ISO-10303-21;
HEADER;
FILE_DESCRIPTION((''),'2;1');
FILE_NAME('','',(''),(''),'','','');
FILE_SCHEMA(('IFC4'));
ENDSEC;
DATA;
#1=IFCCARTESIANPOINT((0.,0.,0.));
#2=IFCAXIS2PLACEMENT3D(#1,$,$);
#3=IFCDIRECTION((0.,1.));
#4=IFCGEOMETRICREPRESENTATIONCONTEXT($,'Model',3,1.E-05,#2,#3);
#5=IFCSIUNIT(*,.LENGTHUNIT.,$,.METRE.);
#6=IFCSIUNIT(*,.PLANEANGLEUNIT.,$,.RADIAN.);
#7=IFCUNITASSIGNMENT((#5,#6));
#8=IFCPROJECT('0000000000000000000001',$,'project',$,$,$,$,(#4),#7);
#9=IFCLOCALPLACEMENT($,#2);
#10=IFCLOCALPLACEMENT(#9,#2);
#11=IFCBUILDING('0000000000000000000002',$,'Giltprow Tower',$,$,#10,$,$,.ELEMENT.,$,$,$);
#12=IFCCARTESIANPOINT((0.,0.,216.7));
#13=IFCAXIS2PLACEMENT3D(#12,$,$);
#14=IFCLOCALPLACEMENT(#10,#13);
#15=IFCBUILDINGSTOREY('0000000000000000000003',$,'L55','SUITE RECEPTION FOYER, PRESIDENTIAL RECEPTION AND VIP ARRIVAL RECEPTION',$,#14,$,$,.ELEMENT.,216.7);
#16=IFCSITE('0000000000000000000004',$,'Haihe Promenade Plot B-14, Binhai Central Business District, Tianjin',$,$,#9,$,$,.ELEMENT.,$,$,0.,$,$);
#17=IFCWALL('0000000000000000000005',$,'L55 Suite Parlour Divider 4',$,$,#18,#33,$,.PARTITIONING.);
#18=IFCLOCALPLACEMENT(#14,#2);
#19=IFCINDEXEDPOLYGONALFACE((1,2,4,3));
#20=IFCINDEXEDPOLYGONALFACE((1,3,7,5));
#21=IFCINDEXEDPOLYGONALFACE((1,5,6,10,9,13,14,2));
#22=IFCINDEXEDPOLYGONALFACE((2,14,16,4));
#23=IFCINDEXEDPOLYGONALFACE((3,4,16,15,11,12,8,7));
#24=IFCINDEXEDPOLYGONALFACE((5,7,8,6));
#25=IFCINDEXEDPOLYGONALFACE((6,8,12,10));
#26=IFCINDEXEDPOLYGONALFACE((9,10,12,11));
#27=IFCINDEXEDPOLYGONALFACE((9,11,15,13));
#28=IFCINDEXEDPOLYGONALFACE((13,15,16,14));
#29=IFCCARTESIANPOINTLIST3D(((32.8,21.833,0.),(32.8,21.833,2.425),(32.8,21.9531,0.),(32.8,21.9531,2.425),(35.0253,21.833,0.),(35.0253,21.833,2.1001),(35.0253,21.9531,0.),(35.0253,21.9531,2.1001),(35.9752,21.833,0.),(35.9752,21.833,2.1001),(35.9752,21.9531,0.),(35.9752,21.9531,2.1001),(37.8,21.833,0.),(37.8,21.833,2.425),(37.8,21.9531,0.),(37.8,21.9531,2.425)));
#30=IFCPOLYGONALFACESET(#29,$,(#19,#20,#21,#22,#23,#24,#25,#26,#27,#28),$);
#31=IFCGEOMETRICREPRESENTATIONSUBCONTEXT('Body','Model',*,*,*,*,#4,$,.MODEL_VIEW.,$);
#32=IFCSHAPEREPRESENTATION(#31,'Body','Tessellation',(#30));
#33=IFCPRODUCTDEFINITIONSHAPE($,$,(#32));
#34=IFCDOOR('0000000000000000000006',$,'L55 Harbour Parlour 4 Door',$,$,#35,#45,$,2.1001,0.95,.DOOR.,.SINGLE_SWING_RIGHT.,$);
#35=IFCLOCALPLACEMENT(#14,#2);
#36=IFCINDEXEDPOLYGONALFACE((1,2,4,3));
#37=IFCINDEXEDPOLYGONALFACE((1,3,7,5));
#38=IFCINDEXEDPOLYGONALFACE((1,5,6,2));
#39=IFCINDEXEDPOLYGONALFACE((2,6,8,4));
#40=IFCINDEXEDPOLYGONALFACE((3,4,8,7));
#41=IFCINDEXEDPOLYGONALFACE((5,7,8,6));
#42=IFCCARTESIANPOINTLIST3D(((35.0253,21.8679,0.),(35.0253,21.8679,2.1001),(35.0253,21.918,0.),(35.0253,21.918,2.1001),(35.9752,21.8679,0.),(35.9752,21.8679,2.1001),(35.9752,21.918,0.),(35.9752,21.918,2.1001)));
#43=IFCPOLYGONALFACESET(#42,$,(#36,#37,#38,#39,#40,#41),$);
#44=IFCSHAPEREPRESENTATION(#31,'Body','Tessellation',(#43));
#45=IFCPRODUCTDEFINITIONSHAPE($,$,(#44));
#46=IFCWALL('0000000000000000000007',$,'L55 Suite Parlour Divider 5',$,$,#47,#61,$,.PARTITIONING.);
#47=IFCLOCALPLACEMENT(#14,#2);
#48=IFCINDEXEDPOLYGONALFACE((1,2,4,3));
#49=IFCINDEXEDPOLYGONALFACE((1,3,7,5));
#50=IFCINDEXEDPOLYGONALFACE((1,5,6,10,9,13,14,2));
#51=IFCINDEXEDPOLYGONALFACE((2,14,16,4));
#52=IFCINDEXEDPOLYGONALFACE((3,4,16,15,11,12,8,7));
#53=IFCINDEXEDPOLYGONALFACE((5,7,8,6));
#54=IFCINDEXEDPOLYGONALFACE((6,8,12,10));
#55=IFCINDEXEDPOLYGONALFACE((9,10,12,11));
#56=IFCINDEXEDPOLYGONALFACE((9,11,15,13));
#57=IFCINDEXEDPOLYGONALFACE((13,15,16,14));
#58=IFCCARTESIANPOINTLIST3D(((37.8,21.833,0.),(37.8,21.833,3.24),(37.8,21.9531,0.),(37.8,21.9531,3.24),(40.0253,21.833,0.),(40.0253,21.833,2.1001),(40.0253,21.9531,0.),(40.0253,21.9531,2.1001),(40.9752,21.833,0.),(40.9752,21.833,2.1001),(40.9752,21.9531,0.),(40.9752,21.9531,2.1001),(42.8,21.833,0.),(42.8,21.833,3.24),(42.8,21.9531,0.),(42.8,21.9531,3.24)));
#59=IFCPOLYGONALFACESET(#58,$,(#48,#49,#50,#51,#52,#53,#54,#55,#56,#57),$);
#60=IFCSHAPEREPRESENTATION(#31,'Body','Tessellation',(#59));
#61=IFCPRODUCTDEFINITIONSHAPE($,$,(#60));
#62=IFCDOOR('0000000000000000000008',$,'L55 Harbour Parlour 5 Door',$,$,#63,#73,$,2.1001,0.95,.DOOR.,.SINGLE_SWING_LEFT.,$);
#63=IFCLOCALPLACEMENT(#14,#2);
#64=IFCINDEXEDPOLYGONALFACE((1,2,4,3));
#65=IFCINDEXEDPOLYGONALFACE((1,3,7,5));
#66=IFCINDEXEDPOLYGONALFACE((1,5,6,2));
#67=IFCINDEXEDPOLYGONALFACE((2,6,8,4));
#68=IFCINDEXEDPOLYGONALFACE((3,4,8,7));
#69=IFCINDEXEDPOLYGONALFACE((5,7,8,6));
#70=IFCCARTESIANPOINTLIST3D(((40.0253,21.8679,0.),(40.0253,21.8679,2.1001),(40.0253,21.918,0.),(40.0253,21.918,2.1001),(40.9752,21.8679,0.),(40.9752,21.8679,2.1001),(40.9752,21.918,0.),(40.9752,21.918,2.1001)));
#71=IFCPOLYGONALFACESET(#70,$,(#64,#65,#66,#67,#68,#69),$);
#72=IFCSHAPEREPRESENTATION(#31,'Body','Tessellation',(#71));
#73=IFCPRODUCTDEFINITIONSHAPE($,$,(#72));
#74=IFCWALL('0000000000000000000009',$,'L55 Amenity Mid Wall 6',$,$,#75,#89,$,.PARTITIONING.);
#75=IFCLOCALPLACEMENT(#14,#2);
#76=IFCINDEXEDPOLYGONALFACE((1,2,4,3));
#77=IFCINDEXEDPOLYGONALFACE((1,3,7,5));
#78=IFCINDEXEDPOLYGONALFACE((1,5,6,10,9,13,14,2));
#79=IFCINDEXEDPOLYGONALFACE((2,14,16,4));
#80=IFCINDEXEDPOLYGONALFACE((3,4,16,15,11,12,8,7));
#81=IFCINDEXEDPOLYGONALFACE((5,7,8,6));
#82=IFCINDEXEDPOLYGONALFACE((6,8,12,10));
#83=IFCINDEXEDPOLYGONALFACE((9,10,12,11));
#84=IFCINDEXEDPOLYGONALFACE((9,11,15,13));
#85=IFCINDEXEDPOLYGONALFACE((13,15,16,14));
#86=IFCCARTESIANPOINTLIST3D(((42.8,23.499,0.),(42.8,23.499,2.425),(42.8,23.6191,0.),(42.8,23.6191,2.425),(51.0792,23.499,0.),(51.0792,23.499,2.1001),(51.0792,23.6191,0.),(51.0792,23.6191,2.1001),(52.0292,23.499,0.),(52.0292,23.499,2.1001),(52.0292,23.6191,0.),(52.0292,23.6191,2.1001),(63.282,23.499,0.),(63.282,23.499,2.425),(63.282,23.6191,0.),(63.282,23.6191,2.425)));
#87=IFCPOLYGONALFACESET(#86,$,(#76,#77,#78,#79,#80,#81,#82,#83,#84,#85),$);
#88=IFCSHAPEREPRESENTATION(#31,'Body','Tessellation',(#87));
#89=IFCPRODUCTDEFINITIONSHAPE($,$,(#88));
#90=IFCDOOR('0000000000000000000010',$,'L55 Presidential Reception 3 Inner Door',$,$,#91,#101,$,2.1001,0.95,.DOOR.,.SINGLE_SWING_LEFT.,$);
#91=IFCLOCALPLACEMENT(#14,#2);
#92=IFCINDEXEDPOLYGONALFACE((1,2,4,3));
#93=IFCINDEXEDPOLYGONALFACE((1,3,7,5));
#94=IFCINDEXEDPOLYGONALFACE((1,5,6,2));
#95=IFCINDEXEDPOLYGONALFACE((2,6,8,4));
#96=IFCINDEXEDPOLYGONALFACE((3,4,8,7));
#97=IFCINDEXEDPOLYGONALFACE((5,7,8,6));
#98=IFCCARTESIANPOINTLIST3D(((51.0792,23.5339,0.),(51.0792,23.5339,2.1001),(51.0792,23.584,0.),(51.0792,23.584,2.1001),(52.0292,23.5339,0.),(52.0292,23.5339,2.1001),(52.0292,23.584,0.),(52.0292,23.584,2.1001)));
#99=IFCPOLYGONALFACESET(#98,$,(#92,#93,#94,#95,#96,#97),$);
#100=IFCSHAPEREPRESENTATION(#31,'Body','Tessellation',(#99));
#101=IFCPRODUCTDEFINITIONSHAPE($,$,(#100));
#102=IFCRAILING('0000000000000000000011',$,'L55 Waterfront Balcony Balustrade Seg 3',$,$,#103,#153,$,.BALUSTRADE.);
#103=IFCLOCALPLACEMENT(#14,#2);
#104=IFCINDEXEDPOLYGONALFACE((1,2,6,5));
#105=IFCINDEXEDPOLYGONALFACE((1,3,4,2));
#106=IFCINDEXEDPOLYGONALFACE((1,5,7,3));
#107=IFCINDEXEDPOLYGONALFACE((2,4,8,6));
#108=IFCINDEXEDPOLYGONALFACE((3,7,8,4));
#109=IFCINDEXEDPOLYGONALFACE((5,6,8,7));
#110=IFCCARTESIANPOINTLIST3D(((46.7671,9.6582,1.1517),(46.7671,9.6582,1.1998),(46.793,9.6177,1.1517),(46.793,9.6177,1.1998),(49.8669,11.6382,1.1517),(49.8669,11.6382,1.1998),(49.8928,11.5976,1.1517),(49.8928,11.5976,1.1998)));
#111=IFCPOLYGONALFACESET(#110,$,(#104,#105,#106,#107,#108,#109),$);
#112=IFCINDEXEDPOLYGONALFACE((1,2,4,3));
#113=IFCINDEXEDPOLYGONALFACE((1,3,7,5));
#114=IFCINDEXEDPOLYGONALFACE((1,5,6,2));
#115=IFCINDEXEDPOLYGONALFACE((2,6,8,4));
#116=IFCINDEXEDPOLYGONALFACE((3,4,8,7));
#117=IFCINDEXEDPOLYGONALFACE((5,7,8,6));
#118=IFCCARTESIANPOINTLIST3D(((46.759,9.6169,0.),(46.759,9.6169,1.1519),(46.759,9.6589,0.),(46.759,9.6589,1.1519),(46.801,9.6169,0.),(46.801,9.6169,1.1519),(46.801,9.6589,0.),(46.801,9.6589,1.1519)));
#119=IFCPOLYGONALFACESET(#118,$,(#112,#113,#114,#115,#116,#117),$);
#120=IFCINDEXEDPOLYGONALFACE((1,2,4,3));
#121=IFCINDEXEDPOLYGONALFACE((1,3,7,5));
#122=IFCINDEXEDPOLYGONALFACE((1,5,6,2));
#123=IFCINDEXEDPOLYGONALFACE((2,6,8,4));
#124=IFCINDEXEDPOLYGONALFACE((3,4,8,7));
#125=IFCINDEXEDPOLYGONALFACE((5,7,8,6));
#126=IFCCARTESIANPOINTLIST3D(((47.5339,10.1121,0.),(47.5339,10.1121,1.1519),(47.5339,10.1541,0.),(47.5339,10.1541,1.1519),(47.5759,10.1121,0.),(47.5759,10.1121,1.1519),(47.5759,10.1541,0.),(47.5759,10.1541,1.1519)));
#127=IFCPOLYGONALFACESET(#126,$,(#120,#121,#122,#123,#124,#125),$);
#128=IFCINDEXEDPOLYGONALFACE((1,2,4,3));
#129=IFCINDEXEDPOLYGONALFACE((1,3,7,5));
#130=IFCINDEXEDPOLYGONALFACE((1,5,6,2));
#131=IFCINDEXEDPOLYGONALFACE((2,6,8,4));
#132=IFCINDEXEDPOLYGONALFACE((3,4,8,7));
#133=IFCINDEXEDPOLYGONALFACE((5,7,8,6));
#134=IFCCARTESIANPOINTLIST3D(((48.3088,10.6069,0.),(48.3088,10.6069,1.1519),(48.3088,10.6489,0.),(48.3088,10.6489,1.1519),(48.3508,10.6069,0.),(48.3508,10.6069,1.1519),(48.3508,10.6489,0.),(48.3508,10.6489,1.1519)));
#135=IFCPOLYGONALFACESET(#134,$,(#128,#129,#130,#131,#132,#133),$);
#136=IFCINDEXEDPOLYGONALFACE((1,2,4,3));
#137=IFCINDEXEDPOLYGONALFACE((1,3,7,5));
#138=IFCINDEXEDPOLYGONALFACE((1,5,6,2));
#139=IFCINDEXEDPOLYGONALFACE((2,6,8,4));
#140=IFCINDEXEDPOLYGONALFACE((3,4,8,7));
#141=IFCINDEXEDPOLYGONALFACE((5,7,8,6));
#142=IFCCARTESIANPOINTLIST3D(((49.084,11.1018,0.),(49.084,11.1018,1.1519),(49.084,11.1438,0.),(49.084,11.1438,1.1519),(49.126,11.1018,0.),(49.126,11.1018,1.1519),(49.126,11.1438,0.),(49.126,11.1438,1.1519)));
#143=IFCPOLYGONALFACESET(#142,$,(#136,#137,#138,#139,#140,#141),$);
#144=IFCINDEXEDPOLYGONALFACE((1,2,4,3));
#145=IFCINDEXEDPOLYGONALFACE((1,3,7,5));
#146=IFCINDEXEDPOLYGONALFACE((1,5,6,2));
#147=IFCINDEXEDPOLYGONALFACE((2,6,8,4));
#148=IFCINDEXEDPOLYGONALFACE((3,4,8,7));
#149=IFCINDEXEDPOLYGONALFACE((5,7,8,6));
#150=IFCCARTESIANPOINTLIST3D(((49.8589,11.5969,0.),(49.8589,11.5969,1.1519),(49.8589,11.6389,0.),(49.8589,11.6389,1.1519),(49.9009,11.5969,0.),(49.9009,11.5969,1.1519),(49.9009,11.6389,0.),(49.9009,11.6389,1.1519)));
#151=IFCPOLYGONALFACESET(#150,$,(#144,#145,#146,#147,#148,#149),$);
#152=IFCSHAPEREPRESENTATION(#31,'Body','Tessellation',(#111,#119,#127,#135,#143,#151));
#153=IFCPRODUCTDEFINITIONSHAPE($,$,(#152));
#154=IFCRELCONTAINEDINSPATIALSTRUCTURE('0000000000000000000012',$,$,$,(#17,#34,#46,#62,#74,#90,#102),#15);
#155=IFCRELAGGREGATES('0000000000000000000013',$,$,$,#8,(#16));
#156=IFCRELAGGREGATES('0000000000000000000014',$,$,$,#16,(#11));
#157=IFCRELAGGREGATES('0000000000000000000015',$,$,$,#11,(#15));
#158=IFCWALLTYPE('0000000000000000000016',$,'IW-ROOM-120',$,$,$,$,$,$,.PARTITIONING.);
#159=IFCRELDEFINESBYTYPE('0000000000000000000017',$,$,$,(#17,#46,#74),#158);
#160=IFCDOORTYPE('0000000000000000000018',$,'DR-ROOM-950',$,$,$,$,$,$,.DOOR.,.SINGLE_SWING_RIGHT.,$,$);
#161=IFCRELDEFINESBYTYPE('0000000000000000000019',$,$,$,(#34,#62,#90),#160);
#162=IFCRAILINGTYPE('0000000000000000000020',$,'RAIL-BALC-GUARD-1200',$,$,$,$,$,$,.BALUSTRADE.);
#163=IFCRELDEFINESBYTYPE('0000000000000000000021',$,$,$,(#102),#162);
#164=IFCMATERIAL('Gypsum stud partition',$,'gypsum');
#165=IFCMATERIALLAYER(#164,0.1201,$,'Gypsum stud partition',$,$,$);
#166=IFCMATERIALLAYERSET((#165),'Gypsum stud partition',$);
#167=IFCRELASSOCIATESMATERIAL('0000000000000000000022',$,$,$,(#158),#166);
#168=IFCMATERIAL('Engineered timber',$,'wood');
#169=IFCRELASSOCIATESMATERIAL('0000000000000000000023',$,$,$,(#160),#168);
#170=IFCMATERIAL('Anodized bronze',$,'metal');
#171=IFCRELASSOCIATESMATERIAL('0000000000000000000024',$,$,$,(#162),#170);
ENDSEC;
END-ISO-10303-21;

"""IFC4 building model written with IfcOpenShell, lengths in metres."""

from ifc_helpers import new_model, si_unit, direction, frame, frame_2d, origin, origin_2d, place, context, subcontext, project, spatial, rectangle, extrude, source, transform, mapped, material, layer, layer_set, type_object, element, fill, save


model = new_model("IFC4")

# Units and contexts
model_context = context("Model", 3, precision=1e-05, world=origin(), true_north=direction((0.0, 1.0)))
body_context = subcontext(model_context, "Body", "Model", "MODEL_VIEW")
ifc_project = project(units=[si_unit("LENGTHUNIT", "METRE"), si_unit("PLANEANGLEUNIT", "RADIAN")], contexts=[model_context])

# Site, building, storey
site_placement = place(None, origin())
site = spatial("IfcSite", under=ifc_project, at=site_placement, Name="Haihe Promenade Plot B-14, Binhai Central Business District, Tianjin", CompositionType="ELEMENT", RefElevation=0.0)
building_placement = place(site_placement, origin())
building = spatial("IfcBuilding", under=site, at=building_placement, Name="Giltprow Tower", CompositionType="ELEMENT")
storey_placement = place(building_placement, frame((0.0, 0.0, 216.7)))
storey = spatial("IfcBuildingStorey", under=building, at=storey_placement, Name="L55", Description="SUITE RECEPTION FOYER, PRESIDENTIAL RECEPTION AND VIP ARRIVAL RECEPTION", CompositionType="ELEMENT", Elevation=216.7)

# Shared definitions
ifc_material_1 = material(Name="Anodized bronze", Category="metal")

# Shared definitions
ifc_material_2 = material(Name="Gypsum stud partition", Category="gypsum")

# Walls, openings, doors
ifc_layer_1 = layer(ifc_material_2, 0.1201, Name="Gypsum stud partition")
ifc_layer_set_1 = layer_set([ifc_layer_1], Name="Gypsum stud partition")
wall_type_1 = type_object("IfcWallType", Name="IW-ROOM-120", PredefinedType="PARTITIONING", material=ifc_layer_set_1)
wall_1_placement = place(storey_placement, frame((32.8, 21.8931, 0.0), z_axis=(0.0, 0.0, 1.0), x_axis=(1.0, 0.0, 0.0)))
wall_1 = element("IfcWall", 1, at=wall_1_placement, inside=storey, type_object=wall_type_1, Name="L55 Suite Parlour Divider 4", PredefinedType="PARTITIONING", context=body_context, shape_type="SweptSolid", body=[
    extrude(rectangle(XDim=5.0, YDim=0.1201, at=frame_2d((2.5, 0.0))), origin(), (0.0, 0.0, 1.0), 2.425),
])
opening_1_placement = place(wall_1_placement, frame((2.2251, 0.0, 0.0)))
opening_1 = element("IfcOpeningElement", 2, at=opening_1_placement, cuts=wall_1, PredefinedType="OPENING", context=body_context, shape_type="SweptSolid", body=[
    extrude(rectangle(XDim=0.95, YDim=2.1001, at=frame_2d((0.4751, 1.05))), frame((0.0, 0.0701, 0.0), z_axis=(0.0, -1.0, 0.0), x_axis=(1.0, 0.0, 0.0)), (0.0, 0.0, 1.0), 0.1401),
])
ifc_material_3 = material(Name="Engineered timber", Category="wood")
door_type_1 = type_object("IfcDoorType", Name="DR-ROOM-950", OperationType="SINGLE_SWING_RIGHT", PredefinedType="DOOR", material=ifc_material_3)
shared_shape_1 = source(origin(), body_context, "Body", "SweptSolid", [
    extrude(rectangle(XDim=0.95, YDim=2.1001, at=frame_2d((0.4751, 1.05))), frame((0.0, 0.0249, 0.0), z_axis=(0.0, -1.0, 0.0), x_axis=(1.0, 0.0, 0.0)), (0.0, 0.0, 1.0), 0.05),
])
door_1_placement = place(opening_1_placement, origin())
door_1 = element("IfcDoor", 3, at=door_1_placement, inside=storey, type_object=door_type_1, Name="L55 Harbour Parlour 4 Door", OperationType="SINGLE_SWING_RIGHT", OverallHeight=2.1001, OverallWidth=0.95, PredefinedType="DOOR", context=body_context, shape_type="MappedRepresentation", body=[
    mapped(shared_shape_1, transform((0.0, 0.0, 0.0), x_axis=(1.0, 0.0, 0.0), y_axis=(0.0, 1.0, 0.0), z_axis=(0.0, 0.0, 1.0), scale=1.0)),
])
fill(opening_1, door_1)
wall_2_placement = place(storey_placement, frame((37.8, 21.8931, 0.0), z_axis=(0.0, 0.0, 1.0), x_axis=(1.0, 0.0, 0.0)))
wall_2 = element("IfcWall", 4, at=wall_2_placement, inside=storey, type_object=wall_type_1, Name="L55 Suite Parlour Divider 5", PredefinedType="PARTITIONING", context=body_context, shape_type="SweptSolid", body=[
    extrude(rectangle(XDim=5.0, YDim=0.1201, at=frame_2d((2.5, 0.0))), origin(), (0.0, 0.0, 1.0), 3.24),
])
opening_2_placement = place(wall_2_placement, frame((2.2251, 0.0, 0.0)))
opening_2 = element("IfcOpeningElement", 5, at=opening_2_placement, cuts=wall_2, PredefinedType="OPENING", context=body_context, shape_type="SweptSolid", body=[
    extrude(rectangle(XDim=0.95, YDim=2.1001, at=frame_2d((0.4751, 1.05))), frame((0.0, 0.0701, 0.0), z_axis=(0.0, -1.0, 0.0), x_axis=(1.0, 0.0, 0.0)), (0.0, 0.0, 1.0), 0.1401),
])
door_2_placement = place(opening_2_placement, origin())
door_2 = element("IfcDoor", 6, at=door_2_placement, inside=storey, type_object=door_type_1, Name="L55 Harbour Parlour 5 Door", OperationType="SINGLE_SWING_LEFT", OverallHeight=2.1001, OverallWidth=0.95, PredefinedType="DOOR", context=body_context, shape_type="MappedRepresentation", body=[
    mapped(shared_shape_1, transform((0.0, 0.0, 0.0), x_axis=(1.0, 0.0, 0.0), y_axis=(0.0, 1.0, 0.0), z_axis=(0.0, 0.0, 1.0), scale=1.0)),
])
fill(opening_2, door_2)
wall_3_placement = place(storey_placement, frame((42.8, 23.5591, 0.0), z_axis=(0.0, 0.0, 1.0), x_axis=(1.0, 0.0, 0.0)))
wall_3 = element("IfcWall", 7, at=wall_3_placement, inside=storey, type_object=wall_type_1, Name="L55 Amenity Mid Wall 6", PredefinedType="PARTITIONING", context=body_context, shape_type="SweptSolid", body=[
    extrude(rectangle(XDim=20.4819, YDim=0.1201, at=frame_2d((10.241, 0.0))), origin(), (0.0, 0.0, 1.0), 2.425),
])
opening_3_placement = place(wall_3_placement, frame((8.2791, 0.0, 0.0)))
opening_3 = element("IfcOpeningElement", 8, at=opening_3_placement, cuts=wall_3, PredefinedType="OPENING", context=body_context, shape_type="SweptSolid", body=[
    extrude(rectangle(XDim=0.95, YDim=2.1001, at=frame_2d((0.4751, 1.05))), frame((0.0, 0.0701, 0.0), z_axis=(0.0, -1.0, 0.0), x_axis=(1.0, 0.0, 0.0)), (0.0, 0.0, 1.0), 0.1401),
])
door_3_placement = place(opening_3_placement, origin())
door_3 = element("IfcDoor", 9, at=door_3_placement, inside=storey, type_object=door_type_1, Name="L55 Presidential Reception 3 Inner Door", OperationType="SINGLE_SWING_LEFT", OverallHeight=2.1001, OverallWidth=0.95, PredefinedType="DOOR", context=body_context, shape_type="MappedRepresentation", body=[
    mapped(shared_shape_1, transform((0.0, 0.0, 0.0), x_axis=(1.0, 0.0, 0.0), y_axis=(0.0, 1.0, 0.0), z_axis=(0.0, 0.0, 1.0), scale=1.0)),
])
fill(opening_3, door_3)

# Railing
railing_type = type_object("IfcRailingType", Name="RAIL-BALC-GUARD-1200", PredefinedType="BALUSTRADE", material=ifc_material_1)
railing_1_placement = place(storey_placement, frame((46.78, 9.6379, 0.0)))
element("IfcRailing", 10, at=railing_1_placement, inside=storey, type_object=railing_type, Name="L55 Waterfront Balcony Balustrade Seg 3", PredefinedType="BALUSTRADE", context=body_context, shape_type="SweptSolid", body=[
    extrude(rectangle(XDim=0.0481, YDim=0.0481, at=origin_2d()), frame((0.0, 0.0, 1.1758), z_axis=(0.842756, 0.538296, 0.0), x_axis=(-0.538296, 0.842756, 0.0)), (0.0, 0.0, 1.0), 3.6782),
    extrude(rectangle(XDim=0.042, YDim=0.042, at=origin_2d()), origin(), (0.0, 0.0, 1.0), 1.1519),
    extrude(rectangle(XDim=0.042, YDim=0.042, at=origin_2d()), frame((0.7749, 0.4951, 0.0)), (0.0, 0.0, 1.0), 1.1519),
    extrude(rectangle(XDim=0.042, YDim=0.042, at=origin_2d()), frame((1.5498, 0.99, 0.0)), (0.0, 0.0, 1.0), 1.1519),
    extrude(rectangle(XDim=0.042, YDim=0.042, at=origin_2d()), frame((2.325, 1.4849, 0.0)), (0.0, 0.0, 1.0), 1.1519),
    extrude(rectangle(XDim=0.042, YDim=0.042, at=origin_2d()), frame((3.0999, 1.98, 0.0)), (0.0, 0.0, 1.0), 1.1519),
])

save(model, "model.ifc")
